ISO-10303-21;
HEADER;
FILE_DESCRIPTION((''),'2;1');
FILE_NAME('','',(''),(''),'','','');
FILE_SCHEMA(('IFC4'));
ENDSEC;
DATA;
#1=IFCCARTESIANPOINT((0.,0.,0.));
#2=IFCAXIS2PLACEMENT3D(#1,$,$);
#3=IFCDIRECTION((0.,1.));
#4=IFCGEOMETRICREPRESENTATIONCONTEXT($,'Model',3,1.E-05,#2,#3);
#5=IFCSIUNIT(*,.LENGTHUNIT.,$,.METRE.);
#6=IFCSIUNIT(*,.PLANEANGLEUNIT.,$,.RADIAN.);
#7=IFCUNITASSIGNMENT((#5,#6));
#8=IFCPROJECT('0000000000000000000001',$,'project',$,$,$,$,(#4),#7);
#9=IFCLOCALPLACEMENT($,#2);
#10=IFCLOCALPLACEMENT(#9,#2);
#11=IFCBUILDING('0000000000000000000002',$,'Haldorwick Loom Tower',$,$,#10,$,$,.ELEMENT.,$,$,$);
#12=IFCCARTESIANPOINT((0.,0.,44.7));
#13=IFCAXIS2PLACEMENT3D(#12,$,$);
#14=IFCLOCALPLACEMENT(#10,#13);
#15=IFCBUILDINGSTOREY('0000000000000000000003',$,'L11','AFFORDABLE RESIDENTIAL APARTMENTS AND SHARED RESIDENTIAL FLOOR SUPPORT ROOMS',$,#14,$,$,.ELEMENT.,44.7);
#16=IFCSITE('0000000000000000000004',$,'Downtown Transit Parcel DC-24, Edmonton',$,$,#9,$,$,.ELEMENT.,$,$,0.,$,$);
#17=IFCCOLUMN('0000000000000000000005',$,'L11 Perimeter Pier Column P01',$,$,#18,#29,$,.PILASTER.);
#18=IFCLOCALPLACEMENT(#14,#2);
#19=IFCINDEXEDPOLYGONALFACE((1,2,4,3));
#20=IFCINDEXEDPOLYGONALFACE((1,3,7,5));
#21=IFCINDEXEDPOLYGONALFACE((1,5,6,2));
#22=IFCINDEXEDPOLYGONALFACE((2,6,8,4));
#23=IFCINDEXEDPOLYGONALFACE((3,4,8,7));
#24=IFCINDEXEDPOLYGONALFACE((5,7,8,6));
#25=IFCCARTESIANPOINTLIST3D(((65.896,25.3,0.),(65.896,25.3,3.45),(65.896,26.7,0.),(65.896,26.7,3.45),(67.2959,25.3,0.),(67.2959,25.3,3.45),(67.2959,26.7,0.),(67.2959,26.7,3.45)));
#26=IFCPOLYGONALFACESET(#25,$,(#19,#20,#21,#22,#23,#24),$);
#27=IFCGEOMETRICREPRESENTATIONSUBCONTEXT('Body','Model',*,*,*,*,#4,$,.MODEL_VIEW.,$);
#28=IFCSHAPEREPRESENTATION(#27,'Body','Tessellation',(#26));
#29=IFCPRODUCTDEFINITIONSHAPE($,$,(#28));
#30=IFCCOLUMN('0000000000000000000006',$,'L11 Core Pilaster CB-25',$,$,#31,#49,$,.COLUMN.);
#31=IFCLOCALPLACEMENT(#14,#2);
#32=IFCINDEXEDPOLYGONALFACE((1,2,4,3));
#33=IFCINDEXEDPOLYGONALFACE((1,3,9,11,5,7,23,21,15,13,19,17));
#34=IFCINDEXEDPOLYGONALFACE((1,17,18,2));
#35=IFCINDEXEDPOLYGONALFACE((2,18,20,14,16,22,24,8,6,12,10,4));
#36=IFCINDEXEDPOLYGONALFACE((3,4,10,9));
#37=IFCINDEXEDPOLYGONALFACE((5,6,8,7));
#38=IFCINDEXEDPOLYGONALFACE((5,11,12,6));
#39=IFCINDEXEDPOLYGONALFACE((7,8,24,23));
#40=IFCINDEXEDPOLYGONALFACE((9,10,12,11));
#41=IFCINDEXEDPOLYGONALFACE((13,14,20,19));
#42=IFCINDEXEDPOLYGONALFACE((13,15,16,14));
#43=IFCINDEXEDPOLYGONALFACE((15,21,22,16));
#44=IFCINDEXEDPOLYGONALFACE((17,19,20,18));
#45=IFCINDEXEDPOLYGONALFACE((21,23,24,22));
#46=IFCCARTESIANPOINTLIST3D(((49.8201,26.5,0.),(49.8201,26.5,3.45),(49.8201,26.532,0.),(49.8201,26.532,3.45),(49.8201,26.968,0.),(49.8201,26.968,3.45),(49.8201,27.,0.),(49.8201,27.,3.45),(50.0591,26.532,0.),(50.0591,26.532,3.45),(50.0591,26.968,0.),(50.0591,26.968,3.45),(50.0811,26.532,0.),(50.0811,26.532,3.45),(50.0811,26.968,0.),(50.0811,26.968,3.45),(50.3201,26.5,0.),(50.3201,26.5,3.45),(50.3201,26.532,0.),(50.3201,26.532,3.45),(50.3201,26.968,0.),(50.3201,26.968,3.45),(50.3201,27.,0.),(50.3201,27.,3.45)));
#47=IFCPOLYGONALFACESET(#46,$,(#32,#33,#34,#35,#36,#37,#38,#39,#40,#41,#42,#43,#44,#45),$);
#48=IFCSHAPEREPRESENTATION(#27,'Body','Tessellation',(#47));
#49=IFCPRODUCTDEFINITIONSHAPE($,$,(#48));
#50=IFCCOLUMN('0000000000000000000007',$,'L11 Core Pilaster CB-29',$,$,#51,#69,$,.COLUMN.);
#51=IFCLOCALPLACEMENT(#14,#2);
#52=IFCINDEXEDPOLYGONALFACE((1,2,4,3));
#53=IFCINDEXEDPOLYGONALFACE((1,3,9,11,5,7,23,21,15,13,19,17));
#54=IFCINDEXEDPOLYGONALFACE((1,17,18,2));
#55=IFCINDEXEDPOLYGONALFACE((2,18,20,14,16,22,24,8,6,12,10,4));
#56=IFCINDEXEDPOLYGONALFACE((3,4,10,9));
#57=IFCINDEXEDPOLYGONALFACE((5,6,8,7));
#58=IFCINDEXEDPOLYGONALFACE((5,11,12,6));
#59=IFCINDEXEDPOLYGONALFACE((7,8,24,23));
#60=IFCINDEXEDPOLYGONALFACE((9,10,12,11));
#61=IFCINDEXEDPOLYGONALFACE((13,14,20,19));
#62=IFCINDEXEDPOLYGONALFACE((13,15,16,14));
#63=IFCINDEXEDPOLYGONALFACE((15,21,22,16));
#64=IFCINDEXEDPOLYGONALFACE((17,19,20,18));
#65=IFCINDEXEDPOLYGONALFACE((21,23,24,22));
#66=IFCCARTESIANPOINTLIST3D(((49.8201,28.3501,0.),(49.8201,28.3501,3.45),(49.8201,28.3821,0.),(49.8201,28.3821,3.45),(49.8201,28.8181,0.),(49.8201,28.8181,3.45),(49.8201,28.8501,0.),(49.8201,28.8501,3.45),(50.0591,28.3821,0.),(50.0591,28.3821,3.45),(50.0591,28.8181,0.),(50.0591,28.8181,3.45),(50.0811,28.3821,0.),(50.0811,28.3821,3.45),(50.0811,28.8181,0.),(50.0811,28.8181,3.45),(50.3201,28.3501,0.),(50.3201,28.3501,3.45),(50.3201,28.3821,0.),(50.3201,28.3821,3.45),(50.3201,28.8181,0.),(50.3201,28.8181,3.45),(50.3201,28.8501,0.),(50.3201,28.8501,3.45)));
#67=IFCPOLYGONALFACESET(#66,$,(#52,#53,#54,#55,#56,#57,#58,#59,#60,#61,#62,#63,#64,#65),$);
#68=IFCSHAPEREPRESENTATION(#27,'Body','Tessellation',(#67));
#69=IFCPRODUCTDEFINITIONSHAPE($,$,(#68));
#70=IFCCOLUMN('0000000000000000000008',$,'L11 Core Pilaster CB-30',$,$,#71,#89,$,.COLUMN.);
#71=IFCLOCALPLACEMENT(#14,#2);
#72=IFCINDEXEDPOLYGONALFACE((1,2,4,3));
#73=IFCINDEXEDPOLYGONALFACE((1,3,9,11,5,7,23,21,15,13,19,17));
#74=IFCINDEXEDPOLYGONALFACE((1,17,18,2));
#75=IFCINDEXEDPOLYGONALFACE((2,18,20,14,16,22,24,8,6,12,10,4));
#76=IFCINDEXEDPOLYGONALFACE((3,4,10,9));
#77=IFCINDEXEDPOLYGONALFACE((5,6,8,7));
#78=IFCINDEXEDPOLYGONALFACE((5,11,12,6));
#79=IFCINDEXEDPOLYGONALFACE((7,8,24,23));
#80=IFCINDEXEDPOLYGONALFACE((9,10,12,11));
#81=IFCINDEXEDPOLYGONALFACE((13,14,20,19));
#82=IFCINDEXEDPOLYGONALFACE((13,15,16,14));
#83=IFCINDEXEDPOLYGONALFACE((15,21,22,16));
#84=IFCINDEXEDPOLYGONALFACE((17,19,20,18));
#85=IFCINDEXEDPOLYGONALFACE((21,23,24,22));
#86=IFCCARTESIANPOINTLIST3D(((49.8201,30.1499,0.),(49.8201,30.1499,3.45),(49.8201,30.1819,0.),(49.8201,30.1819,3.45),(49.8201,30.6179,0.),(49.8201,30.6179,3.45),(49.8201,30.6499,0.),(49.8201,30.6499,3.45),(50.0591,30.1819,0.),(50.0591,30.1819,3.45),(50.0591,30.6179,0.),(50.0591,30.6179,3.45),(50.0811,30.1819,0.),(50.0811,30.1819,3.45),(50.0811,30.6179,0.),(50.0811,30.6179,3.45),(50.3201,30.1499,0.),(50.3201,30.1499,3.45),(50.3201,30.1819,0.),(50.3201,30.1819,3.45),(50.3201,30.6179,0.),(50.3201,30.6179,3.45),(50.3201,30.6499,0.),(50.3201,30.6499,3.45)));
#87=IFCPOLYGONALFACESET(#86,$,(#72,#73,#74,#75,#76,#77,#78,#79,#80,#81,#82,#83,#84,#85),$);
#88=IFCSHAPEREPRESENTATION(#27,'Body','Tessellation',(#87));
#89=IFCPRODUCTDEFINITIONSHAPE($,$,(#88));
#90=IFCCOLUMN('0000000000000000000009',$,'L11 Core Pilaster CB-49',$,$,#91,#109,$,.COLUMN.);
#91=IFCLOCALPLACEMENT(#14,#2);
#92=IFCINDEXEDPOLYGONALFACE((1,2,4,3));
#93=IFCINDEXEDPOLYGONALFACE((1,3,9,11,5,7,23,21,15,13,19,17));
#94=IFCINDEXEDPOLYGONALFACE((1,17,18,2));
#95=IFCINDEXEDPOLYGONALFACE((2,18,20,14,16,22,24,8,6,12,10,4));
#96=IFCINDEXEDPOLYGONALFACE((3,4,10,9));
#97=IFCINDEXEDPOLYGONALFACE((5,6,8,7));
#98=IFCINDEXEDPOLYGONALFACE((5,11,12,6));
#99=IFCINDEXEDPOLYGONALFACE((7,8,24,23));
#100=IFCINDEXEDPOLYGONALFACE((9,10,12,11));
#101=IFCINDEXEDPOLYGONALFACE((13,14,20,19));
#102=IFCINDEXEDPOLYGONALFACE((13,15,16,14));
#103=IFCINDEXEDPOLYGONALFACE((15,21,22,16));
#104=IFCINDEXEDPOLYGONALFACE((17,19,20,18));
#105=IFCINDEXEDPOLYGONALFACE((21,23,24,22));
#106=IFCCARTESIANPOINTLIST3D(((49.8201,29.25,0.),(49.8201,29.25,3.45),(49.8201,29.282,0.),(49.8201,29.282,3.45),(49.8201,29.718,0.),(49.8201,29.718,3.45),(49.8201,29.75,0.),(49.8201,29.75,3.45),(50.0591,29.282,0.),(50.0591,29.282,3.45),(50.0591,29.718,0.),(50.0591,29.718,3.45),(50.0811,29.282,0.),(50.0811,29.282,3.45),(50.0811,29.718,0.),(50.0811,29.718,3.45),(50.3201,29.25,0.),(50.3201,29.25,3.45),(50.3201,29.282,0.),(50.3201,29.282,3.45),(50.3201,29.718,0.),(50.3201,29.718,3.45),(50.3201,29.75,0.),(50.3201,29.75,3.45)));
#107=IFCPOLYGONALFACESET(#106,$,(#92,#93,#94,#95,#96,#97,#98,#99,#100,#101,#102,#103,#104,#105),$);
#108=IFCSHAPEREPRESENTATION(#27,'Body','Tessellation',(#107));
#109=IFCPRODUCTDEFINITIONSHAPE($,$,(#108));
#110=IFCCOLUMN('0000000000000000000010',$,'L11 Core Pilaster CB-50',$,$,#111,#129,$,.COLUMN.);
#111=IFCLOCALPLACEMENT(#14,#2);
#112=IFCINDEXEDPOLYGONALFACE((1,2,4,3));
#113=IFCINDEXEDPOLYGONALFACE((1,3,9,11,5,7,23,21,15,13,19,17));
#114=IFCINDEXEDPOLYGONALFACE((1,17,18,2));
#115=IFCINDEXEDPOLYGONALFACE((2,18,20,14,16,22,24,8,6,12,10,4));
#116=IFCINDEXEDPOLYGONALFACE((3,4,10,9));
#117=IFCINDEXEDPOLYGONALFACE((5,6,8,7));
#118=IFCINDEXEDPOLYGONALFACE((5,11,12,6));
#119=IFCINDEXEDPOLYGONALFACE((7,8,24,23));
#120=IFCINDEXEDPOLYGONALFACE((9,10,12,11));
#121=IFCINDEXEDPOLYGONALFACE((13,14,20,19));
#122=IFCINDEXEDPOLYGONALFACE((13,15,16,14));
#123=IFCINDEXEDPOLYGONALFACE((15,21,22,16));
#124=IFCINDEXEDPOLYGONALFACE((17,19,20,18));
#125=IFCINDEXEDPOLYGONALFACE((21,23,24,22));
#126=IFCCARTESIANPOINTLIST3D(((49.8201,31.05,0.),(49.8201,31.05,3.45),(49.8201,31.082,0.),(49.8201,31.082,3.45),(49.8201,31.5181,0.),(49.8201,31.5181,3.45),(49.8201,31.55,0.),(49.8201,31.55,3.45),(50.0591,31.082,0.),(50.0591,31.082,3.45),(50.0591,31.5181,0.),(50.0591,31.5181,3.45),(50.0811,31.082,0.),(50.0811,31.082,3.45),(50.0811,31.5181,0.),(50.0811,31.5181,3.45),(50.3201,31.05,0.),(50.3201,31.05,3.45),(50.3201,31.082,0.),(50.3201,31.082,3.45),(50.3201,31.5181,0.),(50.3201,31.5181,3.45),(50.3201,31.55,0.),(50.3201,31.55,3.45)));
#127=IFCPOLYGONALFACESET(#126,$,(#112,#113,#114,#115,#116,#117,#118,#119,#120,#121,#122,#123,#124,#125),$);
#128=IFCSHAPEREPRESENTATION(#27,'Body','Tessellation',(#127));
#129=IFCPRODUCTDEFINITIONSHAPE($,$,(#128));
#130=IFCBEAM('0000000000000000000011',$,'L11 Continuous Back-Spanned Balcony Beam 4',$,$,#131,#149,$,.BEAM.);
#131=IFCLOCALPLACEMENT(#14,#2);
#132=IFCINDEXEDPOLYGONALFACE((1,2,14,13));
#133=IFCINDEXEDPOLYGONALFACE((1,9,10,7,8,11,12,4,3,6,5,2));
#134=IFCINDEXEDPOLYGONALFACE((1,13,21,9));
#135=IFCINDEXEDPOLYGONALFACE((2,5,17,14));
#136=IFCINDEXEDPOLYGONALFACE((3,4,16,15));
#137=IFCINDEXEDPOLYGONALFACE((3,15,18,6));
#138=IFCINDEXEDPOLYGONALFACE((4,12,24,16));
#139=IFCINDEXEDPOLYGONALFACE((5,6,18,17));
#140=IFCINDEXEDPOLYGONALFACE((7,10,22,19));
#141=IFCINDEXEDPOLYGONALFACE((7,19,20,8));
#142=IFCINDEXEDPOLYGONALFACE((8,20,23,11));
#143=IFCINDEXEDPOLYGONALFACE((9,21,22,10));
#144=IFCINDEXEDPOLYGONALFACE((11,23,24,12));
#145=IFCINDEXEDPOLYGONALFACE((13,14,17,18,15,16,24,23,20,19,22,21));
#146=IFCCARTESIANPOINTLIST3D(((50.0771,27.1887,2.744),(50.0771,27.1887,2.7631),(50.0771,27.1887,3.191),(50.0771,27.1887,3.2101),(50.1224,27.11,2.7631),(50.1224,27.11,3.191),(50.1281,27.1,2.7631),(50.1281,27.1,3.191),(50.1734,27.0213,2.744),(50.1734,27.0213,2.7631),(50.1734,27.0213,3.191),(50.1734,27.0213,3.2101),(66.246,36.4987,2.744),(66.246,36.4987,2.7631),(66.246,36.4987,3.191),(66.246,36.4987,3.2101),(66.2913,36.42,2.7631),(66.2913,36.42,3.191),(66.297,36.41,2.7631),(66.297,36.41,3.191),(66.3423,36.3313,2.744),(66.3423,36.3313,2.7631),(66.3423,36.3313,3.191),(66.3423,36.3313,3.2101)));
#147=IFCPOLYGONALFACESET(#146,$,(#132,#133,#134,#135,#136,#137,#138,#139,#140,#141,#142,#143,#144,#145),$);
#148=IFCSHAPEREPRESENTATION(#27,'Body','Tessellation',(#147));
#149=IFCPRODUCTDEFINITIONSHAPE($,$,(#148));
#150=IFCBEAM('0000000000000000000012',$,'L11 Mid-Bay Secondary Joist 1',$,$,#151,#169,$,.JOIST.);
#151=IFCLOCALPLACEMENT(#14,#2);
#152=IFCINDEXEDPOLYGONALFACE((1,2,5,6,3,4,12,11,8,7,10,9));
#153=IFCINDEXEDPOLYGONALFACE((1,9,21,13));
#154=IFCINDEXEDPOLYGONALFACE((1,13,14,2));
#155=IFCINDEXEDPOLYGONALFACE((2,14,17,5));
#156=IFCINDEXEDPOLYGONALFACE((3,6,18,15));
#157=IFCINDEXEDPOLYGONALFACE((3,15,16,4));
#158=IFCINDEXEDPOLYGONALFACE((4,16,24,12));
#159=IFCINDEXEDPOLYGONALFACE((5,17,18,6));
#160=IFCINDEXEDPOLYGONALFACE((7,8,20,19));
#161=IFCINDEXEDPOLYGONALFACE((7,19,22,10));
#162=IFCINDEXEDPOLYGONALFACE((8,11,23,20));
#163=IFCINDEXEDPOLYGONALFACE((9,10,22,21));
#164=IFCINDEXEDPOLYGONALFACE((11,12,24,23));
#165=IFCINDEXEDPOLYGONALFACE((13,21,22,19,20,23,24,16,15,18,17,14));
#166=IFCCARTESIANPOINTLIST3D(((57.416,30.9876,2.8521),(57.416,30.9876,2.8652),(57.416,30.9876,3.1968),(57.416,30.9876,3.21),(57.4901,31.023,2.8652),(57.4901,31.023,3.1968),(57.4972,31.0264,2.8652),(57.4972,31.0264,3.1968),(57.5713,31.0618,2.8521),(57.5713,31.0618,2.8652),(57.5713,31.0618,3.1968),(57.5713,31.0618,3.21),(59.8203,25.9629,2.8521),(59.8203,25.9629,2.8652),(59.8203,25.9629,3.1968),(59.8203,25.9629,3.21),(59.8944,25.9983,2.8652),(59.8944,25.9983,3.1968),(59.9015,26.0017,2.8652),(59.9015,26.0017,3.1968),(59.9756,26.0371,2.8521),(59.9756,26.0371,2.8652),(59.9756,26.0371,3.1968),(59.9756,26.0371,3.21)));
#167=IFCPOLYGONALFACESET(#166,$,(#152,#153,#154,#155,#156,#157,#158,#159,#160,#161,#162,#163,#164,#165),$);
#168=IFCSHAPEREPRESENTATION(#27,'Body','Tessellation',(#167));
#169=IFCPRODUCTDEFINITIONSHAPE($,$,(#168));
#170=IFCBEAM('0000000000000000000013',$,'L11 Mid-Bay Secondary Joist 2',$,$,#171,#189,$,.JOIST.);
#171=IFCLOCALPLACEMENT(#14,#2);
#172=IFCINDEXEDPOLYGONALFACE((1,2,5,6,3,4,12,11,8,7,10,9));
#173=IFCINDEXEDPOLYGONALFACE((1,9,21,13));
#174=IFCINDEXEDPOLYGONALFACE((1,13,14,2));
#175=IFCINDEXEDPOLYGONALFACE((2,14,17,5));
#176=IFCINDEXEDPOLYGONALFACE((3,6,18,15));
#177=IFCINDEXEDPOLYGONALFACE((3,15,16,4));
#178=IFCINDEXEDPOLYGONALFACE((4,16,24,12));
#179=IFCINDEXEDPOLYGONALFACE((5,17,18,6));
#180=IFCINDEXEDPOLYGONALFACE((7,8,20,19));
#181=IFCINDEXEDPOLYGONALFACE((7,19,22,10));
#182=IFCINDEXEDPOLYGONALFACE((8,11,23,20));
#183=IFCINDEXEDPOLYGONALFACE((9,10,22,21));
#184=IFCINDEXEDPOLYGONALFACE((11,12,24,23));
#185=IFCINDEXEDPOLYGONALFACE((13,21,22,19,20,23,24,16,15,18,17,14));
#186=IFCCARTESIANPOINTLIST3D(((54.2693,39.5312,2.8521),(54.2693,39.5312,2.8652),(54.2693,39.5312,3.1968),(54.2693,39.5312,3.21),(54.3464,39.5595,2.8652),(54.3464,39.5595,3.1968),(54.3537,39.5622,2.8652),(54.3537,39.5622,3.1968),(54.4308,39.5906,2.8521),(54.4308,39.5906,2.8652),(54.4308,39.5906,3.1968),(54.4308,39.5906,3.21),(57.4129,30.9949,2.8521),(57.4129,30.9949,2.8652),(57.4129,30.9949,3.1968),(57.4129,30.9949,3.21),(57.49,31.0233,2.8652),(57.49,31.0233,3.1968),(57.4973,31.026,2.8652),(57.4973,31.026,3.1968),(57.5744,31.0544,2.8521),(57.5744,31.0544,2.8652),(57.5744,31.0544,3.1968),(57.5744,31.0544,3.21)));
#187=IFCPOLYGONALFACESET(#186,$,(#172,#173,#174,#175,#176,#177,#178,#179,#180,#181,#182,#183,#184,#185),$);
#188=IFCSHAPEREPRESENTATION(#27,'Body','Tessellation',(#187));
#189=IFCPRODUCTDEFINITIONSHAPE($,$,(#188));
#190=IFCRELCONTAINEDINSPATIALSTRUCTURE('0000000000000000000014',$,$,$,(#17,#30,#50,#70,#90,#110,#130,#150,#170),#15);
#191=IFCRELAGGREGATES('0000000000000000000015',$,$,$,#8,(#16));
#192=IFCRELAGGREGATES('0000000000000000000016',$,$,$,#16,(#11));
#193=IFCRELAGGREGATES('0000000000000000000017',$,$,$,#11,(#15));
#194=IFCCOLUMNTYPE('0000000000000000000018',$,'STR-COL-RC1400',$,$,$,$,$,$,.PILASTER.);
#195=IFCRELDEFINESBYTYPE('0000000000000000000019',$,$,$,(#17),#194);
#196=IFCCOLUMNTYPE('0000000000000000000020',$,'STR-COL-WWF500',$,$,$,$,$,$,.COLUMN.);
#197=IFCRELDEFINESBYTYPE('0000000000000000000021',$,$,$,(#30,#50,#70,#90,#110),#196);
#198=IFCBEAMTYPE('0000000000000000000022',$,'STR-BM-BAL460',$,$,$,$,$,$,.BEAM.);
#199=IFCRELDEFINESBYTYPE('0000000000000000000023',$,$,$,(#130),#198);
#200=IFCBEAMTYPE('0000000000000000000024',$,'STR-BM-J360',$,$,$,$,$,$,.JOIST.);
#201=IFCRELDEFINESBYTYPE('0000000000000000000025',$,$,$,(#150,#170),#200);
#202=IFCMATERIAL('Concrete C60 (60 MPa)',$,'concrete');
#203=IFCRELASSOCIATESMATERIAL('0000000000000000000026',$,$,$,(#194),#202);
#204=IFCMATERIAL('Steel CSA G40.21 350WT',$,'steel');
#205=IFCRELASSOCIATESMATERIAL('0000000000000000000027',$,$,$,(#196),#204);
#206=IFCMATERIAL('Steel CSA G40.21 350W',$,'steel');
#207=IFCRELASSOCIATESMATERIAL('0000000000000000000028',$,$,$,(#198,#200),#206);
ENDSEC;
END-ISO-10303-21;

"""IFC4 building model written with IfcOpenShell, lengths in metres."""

from ifc_helpers import new_model, si_unit, direction, frame, origin, origin_2d, place, context, subcontext, project, spatial, rectangle, i_section, extrude, material, material_profile, profile_set, type_object, element, save


model = new_model("IFC4")

# Units and contexts
model_context = context("Model", 3, precision=1e-05, world=origin(), true_north=direction((0.0, 1.0)))
body_context = subcontext(model_context, "Body", "Model", "MODEL_VIEW")
ifc_project = project(units=[si_unit("LENGTHUNIT", "METRE"), si_unit("PLANEANGLEUNIT", "RADIAN")], contexts=[model_context])

# Site, building, storey
site_placement = place(None, origin())
site = spatial("IfcSite", under=ifc_project, at=site_placement, Name="Downtown Transit Parcel DC-24, Edmonton", CompositionType="ELEMENT", RefElevation=0.0)
building_placement = place(site_placement, origin())
building = spatial("IfcBuilding", under=site, at=building_placement, Name="Haldorwick Loom Tower", CompositionType="ELEMENT")
storey_placement = place(building_placement, frame((0.0, 0.0, 44.7)))
storey = spatial("IfcBuildingStorey", under=building, at=storey_placement, Name="L11", Description="AFFORDABLE RESIDENTIAL APARTMENTS AND SHARED RESIDENTIAL FLOOR SUPPORT ROOMS", CompositionType="ELEMENT", Elevation=44.7)

# Columns
ifc_material_1 = material(Name="Concrete C60 (60 MPa)", Category="concrete")
ifc_material_profile_1 = material_profile(ifc_material_1, rectangle(XDim=1.3999, YDim=1.3999, at=origin_2d()), Name="RC1400X1400", Category="concrete")
ifc_profile_set_1 = profile_set([ifc_material_profile_1], Name="Concrete C60 (60 MPa)")
column_type_1 = type_object("IfcColumnType", Name="STR-COL-RC1400", PredefinedType="PILASTER", material=ifc_profile_set_1)
column_placement = place(storey_placement, frame((66.5959, 26.0, 0.0), z_axis=(0.0, 0.0, 1.0), x_axis=(1.0, 0.0, 0.0)))
element("IfcColumn", 1, at=column_placement, inside=storey, type_object=column_type_1, Name="L11 Perimeter Pier Column P01", PredefinedType="PILASTER", context=body_context, shape_type="SweptSolid", body=[
    extrude(rectangle(XDim=1.3999, YDim=1.3999, at=origin_2d()), origin(), (0.0, 0.0, 1.0), 3.45),
])
ifc_material_2 = material(Name="Steel CSA G40.21 350WT", Category="steel")
ifc_material_profile_2 = material_profile(ifc_material_2, i_section(OverallWidth=0.5, OverallDepth=0.5, WebThickness=0.022, FlangeThickness=0.032, at=origin_2d()), Name="WWF500X500", Category="steel")
ifc_profile_set_2 = profile_set([ifc_material_profile_2], Name="Steel CSA G40.21 350WT")
column_type_2 = type_object("IfcColumnType", Name="STR-COL-WWF500", PredefinedType="COLUMN", material=ifc_profile_set_2)
for number, where, z_axis, x_axis, name in (
    (2, (50.0701, 26.75, 0.0), (0.0, 0.0, 1.0), (1.0, 0.0, 0.0), "L11 Core Pilaster CB-25"),
    (3, (50.0701, 28.6001, 0.0), (0.0, 0.0, 1.0), (1.0, 0.0, 0.0), "L11 Core Pilaster CB-29"),
    (4, (50.0701, 30.3999, 0.0), (0.0, 0.0, 1.0), (1.0, 0.0, 0.0), "L11 Core Pilaster CB-30"),
    (5, (50.0701, 29.5, 0.0), (0.0, 0.0, 1.0), (1.0, 0.0, 0.0), "L11 Core Pilaster CB-49"),
    (6, (50.0701, 31.3, 0.0), (0.0, 0.0, 1.0), (1.0, 0.0, 0.0), "L11 Core Pilaster CB-50"),
):
    element("IfcColumn", number, at=place(storey_placement, frame(where, z_axis=z_axis, x_axis=x_axis)), inside=storey, type_object=column_type_2, Name=name, PredefinedType="COLUMN", context=body_context, shape_type="SweptSolid", body=[
        extrude(i_section(OverallWidth=0.5, OverallDepth=0.5, WebThickness=0.022, FlangeThickness=0.032, at=origin_2d()), origin(), (0.0, 0.0, 1.0), 3.45),
    ])

# Beams
ifc_material_3 = material(Name="Steel CSA G40.21 350W", Category="steel")
ifc_material_profile_3 = material_profile(ifc_material_3, i_section(OverallWidth=0.1931, OverallDepth=0.4661, WebThickness=0.0115, FlangeThickness=0.019, at=origin_2d()), Name="W460X97", Category="steel")
ifc_profile_set_3 = profile_set([ifc_material_profile_3], Name="Steel CSA G40.21 350W")
beam_type_1 = type_object("IfcBeamType", Name="STR-BM-BAL460", PredefinedType="BEAM", material=ifc_profile_set_3)
beam_1_placement = place(storey_placement, frame((50.1252, 27.105, 2.9771), z_axis=(0.866607, 0.498991, 0.0), x_axis=(-0.498991, 0.866607, 0.0)))
element("IfcBeam", 7, at=beam_1_placement, inside=storey, type_object=beam_type_1, Name="L11 Continuous Back-Spanned Balcony Beam 4", PredefinedType="BEAM", context=body_context, shape_type="SweptSolid", body=[
    extrude(i_section(OverallWidth=0.1931, OverallDepth=0.4661, WebThickness=0.0115, FlangeThickness=0.019, at=origin_2d()), origin(), (0.0, 0.0, 1.0), 18.6577),
])
ifc_material_profile_4 = material_profile(ifc_material_3, i_section(OverallWidth=0.1721, OverallDepth=0.3579, WebThickness=0.0078, FlangeThickness=0.0132, at=origin_2d()), Name="W360X57", Category="steel")
ifc_profile_set_4 = profile_set([ifc_material_profile_4], Name="Steel CSA G40.21 350W")
beam_type_2 = type_object("IfcBeamType", Name="STR-BM-J360", PredefinedType="JOIST", material=ifc_profile_set_4)
beam_2_placement = place(storey_placement, frame((59.8979, 26.0, 3.031), z_axis=(-0.431631, 0.90205, 0.0), x_axis=(-0.90205, -0.431631, 0.0)))
element("IfcBeam", 8, at=beam_2_placement, inside=storey, type_object=beam_type_2, Name="L11 Mid-Bay Secondary Joist 1", PredefinedType="JOIST", context=body_context, shape_type="SweptSolid", body=[
    extrude(i_section(OverallWidth=0.1721, OverallDepth=0.3579, WebThickness=0.0078, FlangeThickness=0.0132, at=origin_2d()), origin(), (0.0, 0.0, 1.0), 5.5703),
])
beam_3_placement = place(storey_placement, frame((57.4937, 31.0247, 3.031), z_axis=(-0.345576, 0.938391, 0.0), x_axis=(-0.938391, -0.345576, 0.0)))
element("IfcBeam", 9, at=beam_3_placement, inside=storey, type_object=beam_type_2, Name="L11 Mid-Bay Secondary Joist 2", PredefinedType="JOIST", context=body_context, shape_type="SweptSolid", body=[
    extrude(i_section(OverallWidth=0.1721, OverallDepth=0.3579, WebThickness=0.0078, FlangeThickness=0.0132, at=origin_2d()), origin(), (0.0, 0.0, 1.0), 9.0967),
])

save(model, "model.ifc")
